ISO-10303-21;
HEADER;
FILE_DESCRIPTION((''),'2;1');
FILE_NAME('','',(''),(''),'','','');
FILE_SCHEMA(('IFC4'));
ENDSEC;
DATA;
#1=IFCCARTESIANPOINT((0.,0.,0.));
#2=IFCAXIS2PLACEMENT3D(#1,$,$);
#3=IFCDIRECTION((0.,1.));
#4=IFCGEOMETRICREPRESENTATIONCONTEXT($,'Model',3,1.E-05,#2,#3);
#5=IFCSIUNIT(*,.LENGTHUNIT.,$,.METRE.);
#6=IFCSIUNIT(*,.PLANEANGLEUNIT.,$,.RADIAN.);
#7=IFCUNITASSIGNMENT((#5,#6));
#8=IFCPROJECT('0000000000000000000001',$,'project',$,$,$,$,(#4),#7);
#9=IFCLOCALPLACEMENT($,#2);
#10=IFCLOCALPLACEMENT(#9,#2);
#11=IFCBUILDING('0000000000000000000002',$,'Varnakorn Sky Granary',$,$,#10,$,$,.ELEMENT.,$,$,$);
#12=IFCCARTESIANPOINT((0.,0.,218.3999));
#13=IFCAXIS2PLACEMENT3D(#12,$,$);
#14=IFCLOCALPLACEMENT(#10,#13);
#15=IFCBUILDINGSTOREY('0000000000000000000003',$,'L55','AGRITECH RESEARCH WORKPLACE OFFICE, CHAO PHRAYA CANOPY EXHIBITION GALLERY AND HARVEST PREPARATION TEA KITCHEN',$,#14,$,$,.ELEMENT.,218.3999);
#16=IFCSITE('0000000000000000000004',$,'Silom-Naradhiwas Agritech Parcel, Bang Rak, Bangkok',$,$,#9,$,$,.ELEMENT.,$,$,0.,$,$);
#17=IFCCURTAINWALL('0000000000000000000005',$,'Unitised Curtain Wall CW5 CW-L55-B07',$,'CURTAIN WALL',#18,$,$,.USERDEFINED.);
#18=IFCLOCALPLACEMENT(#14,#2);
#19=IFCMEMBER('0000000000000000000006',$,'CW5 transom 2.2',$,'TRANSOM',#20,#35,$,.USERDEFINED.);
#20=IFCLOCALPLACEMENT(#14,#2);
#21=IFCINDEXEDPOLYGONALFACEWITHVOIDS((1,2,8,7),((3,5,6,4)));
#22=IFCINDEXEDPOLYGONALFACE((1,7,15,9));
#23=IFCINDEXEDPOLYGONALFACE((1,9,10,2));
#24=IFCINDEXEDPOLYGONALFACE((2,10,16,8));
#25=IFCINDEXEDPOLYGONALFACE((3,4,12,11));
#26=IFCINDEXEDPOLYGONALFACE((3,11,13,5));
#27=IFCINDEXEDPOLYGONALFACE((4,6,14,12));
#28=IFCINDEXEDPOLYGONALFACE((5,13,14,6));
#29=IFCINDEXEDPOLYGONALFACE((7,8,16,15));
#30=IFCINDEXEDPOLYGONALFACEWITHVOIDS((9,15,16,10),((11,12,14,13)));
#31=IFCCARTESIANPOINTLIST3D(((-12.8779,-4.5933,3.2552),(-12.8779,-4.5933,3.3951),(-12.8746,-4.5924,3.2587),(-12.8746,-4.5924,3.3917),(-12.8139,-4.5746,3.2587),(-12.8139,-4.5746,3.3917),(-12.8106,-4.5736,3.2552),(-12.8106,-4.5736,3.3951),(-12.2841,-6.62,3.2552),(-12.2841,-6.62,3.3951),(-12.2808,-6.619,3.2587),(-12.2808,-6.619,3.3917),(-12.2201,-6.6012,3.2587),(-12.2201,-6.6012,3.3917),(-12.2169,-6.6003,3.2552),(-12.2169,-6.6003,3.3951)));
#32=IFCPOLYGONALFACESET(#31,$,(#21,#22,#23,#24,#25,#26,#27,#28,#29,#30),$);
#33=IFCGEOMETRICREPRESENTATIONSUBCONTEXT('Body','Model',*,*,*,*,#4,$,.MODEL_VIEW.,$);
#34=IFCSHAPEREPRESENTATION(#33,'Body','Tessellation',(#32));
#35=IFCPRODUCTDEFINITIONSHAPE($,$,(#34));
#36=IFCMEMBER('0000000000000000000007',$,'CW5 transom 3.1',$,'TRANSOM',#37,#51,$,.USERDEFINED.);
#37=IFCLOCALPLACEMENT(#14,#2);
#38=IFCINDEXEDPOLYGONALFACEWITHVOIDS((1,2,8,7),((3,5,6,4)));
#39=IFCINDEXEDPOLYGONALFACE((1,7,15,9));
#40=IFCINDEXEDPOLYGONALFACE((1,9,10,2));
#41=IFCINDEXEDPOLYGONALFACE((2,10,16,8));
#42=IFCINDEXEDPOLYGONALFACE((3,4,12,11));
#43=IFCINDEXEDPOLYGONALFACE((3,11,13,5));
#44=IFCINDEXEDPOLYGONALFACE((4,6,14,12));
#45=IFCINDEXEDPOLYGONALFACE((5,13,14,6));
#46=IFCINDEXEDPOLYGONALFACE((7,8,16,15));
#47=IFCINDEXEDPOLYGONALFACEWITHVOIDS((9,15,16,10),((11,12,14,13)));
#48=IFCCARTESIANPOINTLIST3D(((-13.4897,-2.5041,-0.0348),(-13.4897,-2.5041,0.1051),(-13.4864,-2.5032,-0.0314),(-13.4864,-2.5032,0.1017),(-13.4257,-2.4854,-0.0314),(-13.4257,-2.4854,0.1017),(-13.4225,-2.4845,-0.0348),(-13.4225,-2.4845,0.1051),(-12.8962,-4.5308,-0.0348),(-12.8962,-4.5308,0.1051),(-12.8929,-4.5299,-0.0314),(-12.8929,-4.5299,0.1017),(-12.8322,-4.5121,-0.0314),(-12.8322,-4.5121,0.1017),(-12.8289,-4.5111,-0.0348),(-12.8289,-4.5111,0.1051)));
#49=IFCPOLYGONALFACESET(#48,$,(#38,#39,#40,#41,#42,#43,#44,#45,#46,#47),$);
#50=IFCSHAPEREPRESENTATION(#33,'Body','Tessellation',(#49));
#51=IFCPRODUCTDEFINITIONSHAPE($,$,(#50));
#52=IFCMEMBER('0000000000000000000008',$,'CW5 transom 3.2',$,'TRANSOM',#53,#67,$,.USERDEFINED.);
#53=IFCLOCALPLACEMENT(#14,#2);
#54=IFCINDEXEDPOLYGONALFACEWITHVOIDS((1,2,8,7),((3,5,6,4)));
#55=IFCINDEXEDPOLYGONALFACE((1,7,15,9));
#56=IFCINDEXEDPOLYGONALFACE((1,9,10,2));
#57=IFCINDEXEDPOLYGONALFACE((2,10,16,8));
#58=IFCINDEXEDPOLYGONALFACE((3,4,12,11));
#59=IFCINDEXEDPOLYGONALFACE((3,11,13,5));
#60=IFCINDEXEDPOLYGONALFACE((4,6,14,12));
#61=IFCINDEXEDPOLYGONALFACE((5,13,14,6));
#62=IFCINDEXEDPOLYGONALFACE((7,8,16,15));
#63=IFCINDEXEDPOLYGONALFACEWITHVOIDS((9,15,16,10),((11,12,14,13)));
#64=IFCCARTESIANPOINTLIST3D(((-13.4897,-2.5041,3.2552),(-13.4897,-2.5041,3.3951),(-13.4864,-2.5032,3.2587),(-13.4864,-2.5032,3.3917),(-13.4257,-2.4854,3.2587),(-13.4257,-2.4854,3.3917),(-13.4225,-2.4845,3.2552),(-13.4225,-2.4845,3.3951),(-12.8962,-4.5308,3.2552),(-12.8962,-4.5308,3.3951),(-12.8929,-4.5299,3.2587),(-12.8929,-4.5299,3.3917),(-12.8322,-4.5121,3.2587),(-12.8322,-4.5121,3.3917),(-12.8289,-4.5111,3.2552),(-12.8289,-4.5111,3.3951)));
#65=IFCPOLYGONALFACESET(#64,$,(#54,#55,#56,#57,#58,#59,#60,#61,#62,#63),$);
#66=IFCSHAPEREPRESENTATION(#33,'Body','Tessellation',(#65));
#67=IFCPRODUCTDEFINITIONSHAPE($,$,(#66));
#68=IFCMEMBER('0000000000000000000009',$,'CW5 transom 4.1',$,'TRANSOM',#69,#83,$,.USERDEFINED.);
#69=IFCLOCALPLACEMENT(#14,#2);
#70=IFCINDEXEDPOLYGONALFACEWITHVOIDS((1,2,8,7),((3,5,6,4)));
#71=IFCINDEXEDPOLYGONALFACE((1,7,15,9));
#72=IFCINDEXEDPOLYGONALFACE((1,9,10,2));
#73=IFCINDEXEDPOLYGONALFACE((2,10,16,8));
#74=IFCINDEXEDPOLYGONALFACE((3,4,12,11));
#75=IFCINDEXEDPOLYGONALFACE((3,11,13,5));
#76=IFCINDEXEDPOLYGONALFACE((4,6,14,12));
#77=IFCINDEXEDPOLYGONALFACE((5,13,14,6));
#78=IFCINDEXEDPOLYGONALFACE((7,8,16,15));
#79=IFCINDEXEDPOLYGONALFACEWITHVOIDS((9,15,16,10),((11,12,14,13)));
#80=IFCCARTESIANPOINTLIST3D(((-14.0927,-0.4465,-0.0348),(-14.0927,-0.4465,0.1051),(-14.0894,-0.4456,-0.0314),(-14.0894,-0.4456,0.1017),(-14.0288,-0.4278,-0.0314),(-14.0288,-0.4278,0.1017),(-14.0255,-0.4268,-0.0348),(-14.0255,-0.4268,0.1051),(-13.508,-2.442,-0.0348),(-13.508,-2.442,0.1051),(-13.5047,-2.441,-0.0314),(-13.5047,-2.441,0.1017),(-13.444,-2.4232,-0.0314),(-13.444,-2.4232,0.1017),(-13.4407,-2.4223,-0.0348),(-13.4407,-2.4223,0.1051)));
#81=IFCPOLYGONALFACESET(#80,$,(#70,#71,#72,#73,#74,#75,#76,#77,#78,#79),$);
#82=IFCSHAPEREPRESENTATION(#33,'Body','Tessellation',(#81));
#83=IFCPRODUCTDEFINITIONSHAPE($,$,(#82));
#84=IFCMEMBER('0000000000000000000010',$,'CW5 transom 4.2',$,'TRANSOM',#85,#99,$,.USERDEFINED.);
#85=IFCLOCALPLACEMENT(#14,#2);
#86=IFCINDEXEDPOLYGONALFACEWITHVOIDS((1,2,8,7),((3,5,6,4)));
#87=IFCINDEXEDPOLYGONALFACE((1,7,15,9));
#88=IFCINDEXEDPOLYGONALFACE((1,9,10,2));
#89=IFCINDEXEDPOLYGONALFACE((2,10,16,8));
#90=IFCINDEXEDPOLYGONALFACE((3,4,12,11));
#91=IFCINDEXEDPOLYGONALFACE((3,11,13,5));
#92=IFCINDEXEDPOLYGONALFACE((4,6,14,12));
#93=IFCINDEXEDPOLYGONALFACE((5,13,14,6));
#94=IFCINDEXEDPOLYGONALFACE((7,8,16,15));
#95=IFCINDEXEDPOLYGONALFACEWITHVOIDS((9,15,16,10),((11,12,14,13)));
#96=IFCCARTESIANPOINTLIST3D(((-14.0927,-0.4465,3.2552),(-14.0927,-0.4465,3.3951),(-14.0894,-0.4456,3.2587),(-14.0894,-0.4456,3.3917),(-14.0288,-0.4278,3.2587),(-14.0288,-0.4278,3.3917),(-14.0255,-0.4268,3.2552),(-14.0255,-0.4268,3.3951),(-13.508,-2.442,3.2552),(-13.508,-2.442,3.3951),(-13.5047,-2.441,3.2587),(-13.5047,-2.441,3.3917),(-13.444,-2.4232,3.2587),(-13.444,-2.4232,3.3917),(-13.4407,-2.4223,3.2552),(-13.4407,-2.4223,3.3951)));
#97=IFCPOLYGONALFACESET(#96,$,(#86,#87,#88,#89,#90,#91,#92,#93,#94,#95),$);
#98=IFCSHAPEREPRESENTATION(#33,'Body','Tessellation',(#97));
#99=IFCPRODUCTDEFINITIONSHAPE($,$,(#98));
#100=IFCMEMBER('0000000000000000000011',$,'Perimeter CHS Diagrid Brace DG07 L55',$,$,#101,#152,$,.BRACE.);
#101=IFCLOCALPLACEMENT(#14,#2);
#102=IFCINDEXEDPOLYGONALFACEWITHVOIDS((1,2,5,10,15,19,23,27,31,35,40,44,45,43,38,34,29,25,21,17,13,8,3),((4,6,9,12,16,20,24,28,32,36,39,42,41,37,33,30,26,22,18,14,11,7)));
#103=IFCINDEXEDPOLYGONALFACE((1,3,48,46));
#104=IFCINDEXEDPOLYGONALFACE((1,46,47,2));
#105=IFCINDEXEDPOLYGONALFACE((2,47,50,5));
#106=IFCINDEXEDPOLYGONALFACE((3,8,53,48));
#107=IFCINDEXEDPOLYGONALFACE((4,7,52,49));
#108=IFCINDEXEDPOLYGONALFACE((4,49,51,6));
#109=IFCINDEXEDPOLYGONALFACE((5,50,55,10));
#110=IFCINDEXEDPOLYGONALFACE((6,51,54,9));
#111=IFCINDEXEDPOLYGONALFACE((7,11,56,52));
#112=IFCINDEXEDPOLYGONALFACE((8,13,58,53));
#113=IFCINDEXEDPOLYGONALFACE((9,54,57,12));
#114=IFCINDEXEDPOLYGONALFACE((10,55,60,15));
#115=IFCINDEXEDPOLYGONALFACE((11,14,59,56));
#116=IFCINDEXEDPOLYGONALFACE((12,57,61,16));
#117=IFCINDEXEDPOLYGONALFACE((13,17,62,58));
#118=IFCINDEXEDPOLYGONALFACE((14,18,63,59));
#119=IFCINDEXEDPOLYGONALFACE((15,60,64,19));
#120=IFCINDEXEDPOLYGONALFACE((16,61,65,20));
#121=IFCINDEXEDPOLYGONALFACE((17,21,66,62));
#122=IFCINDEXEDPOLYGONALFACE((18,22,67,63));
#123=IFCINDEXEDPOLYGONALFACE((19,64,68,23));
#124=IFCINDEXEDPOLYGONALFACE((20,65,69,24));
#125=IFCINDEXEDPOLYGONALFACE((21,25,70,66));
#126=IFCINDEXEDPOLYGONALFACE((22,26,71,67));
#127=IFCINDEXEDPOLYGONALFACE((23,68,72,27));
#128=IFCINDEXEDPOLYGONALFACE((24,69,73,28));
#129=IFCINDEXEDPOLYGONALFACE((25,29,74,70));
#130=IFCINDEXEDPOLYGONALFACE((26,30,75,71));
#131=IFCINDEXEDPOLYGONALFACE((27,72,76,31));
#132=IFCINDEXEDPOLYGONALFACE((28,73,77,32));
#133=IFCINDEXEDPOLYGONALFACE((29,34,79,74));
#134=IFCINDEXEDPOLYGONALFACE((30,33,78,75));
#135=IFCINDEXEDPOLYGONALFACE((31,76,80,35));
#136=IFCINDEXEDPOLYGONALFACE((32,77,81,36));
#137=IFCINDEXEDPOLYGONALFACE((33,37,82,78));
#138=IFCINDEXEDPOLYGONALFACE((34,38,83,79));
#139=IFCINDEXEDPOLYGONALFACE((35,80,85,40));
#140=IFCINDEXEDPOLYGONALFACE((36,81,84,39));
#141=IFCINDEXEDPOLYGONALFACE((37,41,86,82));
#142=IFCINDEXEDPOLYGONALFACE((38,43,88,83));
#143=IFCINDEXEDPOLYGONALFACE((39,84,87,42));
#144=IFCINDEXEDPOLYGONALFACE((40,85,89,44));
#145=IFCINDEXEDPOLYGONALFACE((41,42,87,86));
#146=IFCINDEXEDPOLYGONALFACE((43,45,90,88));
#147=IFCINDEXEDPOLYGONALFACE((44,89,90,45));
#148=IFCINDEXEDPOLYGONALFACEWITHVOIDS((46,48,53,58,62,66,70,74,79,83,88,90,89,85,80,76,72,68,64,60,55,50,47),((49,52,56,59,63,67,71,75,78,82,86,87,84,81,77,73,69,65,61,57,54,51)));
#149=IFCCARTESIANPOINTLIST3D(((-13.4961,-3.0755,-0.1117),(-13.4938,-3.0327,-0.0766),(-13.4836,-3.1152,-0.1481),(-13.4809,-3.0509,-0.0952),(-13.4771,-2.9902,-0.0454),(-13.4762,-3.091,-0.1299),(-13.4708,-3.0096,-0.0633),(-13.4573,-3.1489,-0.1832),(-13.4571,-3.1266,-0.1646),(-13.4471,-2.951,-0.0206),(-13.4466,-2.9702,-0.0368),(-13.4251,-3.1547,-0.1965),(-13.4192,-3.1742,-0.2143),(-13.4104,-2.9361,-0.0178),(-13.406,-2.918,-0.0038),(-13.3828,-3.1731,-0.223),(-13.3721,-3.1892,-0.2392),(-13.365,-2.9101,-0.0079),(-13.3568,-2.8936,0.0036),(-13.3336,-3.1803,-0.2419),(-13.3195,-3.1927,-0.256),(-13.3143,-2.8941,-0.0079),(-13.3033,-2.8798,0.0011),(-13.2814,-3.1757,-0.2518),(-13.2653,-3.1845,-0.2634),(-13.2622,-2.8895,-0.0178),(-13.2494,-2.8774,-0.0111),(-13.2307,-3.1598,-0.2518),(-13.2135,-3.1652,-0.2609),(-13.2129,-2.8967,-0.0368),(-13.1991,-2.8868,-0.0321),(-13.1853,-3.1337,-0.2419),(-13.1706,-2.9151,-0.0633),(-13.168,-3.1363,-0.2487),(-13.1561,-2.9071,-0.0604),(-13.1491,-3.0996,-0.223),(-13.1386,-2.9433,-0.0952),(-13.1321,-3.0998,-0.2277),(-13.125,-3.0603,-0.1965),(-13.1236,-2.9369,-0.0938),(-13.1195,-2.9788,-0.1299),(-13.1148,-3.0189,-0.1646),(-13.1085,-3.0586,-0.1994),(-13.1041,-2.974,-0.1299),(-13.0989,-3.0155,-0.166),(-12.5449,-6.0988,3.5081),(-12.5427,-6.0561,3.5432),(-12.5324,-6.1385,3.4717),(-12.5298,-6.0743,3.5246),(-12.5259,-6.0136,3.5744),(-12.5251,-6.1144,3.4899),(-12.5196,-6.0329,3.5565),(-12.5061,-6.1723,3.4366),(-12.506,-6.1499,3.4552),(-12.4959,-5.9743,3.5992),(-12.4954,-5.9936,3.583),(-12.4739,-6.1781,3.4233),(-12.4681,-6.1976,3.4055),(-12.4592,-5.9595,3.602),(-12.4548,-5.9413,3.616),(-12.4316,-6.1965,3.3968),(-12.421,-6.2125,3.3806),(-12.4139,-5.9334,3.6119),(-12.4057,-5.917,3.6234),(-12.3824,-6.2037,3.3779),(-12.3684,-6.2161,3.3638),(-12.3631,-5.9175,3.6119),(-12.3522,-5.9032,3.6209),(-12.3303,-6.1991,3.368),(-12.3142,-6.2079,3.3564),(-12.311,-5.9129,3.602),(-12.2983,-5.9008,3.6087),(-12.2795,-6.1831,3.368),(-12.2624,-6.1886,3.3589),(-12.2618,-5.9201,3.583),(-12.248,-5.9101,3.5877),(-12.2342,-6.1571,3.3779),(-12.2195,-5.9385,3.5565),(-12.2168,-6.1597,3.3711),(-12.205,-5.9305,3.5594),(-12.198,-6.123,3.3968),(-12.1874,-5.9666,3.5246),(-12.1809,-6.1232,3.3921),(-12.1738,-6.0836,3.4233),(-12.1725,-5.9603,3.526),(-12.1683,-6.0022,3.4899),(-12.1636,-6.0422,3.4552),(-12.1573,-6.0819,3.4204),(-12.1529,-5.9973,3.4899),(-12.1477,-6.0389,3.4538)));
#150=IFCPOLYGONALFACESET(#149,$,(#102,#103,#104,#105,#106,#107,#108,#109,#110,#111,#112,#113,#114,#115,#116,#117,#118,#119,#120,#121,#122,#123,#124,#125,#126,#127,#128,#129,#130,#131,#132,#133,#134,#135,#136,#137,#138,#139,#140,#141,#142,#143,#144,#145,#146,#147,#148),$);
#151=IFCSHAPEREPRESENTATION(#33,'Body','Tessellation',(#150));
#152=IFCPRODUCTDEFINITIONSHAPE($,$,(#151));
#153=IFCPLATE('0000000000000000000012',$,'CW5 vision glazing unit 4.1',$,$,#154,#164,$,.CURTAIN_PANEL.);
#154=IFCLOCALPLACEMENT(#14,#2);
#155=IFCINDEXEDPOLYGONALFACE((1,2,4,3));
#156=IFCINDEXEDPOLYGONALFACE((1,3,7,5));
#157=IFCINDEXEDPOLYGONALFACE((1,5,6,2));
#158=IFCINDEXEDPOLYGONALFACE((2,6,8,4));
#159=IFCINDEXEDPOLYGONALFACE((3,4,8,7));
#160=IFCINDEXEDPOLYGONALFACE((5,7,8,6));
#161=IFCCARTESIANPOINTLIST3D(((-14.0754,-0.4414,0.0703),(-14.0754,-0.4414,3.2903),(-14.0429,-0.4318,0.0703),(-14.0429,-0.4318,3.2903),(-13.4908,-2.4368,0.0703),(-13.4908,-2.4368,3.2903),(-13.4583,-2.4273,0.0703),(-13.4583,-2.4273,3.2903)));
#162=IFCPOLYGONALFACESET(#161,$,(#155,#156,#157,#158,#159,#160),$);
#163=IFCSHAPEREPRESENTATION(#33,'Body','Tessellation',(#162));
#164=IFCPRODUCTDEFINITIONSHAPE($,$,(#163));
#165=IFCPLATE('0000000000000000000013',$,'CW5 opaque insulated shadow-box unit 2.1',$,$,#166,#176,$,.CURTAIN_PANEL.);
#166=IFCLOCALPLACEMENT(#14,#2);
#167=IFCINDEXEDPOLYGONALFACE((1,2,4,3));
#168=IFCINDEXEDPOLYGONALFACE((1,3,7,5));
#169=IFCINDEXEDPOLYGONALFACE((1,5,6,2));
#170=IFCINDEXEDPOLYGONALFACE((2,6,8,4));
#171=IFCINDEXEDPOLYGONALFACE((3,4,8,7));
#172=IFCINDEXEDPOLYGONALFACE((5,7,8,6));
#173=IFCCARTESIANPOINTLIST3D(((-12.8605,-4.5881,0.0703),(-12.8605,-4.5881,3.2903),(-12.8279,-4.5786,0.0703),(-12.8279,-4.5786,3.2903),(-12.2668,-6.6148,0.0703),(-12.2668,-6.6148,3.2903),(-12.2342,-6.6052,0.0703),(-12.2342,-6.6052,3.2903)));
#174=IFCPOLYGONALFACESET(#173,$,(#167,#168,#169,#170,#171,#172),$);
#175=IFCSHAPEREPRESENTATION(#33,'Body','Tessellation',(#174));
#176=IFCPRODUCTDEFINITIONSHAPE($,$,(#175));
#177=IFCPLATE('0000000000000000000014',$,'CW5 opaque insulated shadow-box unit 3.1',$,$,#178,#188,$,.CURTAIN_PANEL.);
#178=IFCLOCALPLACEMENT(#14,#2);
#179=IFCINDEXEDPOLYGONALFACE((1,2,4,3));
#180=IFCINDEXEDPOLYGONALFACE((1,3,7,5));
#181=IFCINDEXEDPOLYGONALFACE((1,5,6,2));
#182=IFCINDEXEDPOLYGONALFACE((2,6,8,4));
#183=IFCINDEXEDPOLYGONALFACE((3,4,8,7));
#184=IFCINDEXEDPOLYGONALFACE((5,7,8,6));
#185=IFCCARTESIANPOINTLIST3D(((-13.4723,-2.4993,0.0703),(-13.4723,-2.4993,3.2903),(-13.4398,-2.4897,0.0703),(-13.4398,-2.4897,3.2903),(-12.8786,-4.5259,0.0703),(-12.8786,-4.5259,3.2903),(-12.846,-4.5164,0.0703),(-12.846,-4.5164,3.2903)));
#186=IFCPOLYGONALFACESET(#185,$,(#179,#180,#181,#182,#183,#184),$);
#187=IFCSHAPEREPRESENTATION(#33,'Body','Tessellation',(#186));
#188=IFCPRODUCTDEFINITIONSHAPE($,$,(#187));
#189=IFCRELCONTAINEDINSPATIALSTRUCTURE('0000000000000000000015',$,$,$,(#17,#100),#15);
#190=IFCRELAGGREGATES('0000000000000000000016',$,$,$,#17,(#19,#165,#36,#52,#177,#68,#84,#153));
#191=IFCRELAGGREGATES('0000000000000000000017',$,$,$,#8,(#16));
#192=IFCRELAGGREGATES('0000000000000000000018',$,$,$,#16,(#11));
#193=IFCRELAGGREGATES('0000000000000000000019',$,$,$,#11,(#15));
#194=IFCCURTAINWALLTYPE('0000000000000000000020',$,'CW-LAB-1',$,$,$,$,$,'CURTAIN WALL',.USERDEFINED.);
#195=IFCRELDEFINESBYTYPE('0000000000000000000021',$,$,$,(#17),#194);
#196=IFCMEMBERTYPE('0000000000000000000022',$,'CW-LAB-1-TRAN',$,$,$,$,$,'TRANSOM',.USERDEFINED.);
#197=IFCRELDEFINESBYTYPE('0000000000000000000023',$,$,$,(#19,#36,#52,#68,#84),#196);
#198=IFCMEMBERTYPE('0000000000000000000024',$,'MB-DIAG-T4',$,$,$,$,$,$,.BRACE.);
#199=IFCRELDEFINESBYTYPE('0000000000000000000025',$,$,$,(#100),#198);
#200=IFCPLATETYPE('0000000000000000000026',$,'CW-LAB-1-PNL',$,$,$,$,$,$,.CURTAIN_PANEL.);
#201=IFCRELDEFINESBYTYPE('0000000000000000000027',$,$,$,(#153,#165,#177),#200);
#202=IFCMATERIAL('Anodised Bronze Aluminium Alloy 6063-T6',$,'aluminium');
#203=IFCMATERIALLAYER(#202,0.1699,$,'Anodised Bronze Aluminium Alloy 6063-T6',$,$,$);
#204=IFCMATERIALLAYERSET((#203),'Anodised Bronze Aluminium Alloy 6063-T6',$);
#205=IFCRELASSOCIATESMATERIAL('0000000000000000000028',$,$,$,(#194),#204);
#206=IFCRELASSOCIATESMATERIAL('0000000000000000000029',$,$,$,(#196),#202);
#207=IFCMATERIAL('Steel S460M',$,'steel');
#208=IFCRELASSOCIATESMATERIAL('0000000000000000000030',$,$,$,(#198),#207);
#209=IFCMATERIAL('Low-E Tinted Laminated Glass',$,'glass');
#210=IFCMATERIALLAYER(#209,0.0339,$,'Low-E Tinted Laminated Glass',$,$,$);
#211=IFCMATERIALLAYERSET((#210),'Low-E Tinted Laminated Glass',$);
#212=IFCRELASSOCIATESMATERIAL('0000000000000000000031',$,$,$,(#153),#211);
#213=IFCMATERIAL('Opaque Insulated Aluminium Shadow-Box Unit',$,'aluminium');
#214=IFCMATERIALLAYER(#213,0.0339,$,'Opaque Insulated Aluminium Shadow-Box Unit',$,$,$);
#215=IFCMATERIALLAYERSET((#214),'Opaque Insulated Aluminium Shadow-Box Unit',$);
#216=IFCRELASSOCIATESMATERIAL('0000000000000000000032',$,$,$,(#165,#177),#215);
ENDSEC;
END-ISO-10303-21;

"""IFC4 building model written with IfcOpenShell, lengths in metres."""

from ifc_helpers import new_model, si_unit, direction, frame, origin, origin_2d, place, context, subcontext, project, spatial, rectangle, hollow_rectangle, hollow_circle, extrude, source, transform, mapped, material, layer, layer_set, material_profile, profile_set, type_object, type_shapes, element, aggregate, save


model = new_model("IFC4")

# Units and contexts
model_context = context("Model", 3, precision=1e-05, world=origin(), true_north=direction((0.0, 1.0)))
body_context = subcontext(model_context, "Body", "Model", "MODEL_VIEW")
ifc_project = project(units=[si_unit("LENGTHUNIT", "METRE"), si_unit("PLANEANGLEUNIT", "RADIAN")], contexts=[model_context])

# Site, building, storey
site_placement = place(None, origin())
site = spatial("IfcSite", under=ifc_project, at=site_placement, Name="Silom-Naradhiwas Agritech Parcel, Bang Rak, Bangkok", CompositionType="ELEMENT", RefElevation=0.0)
building_placement = place(site_placement, origin())
building = spatial("IfcBuilding", under=site, at=building_placement, Name="Varnakorn Sky Granary", CompositionType="ELEMENT")
storey_placement = place(building_placement, frame((0.0, 0.0, 218.3999)))
storey = spatial("IfcBuildingStorey", under=building, at=storey_placement, Name="L55", Description="AGRITECH RESEARCH WORKPLACE OFFICE, CHAO PHRAYA CANOPY EXHIBITION GALLERY AND HARVEST PREPARATION TEA KITCHEN", CompositionType="ELEMENT", Elevation=218.3999)

# Shared definitions
ifc_material_1 = material(Name="Steel S460M", Category="steel")

# Curtain wall, members
ifc_material_2 = material(Name="Anodised Bronze Aluminium Alloy 6063-T6", Category="aluminium")
ifc_layer_1 = layer(ifc_material_2, 0.1699, Name="Anodised Bronze Aluminium Alloy 6063-T6")
ifc_layer_set_1 = layer_set([ifc_layer_1], Name="Anodised Bronze Aluminium Alloy 6063-T6")
curtain_wall_type = type_object("IfcCurtainWallType", Name="CW-LAB-1", ElementType="CURTAIN WALL", PredefinedType="USERDEFINED", material=ifc_layer_set_1)
curtain_wall_placement = place(storey_placement, origin())
curtain_wall = element("IfcCurtainWall", 1, at=curtain_wall_placement, inside=storey, type_object=curtain_wall_type, Name="Unitised Curtain Wall CW5 CW-L55-B07", ObjectType="CURTAIN WALL", PredefinedType="USERDEFINED")
ifc_material_profile_1 = material_profile(ifc_material_2, hollow_rectangle(XDim=0.0701, YDim=0.1399, WallThickness=0.0034, at=origin_2d()), Name="ALU TRAN 70x140")
ifc_profile_set_1 = profile_set([ifc_material_profile_1], Name="Anodised Bronze Aluminium Alloy 6063-T6")
member_type_1 = type_object("IfcMemberType", Name="CW-LAB-1-TRAN", ElementType="TRANSOM", PredefinedType="USERDEFINED", material=ifc_profile_set_1)
member_1_placement = place(storey_placement, frame((-12.2505, -6.6101, 3.3252), z_axis=(-0.281158, 0.959661, 0.0), x_axis=(-0.959661, -0.281158, 0.0)))
member_1 = element("IfcMember", 2, at=member_1_placement, type_object=member_type_1, Name="CW5 transom 2.2", ObjectType="TRANSOM", PredefinedType="USERDEFINED", context=body_context, shape_type="SweptSolid", body=[
    extrude(hollow_rectangle(XDim=0.0701, YDim=0.1399, WallThickness=0.0034, at=origin_2d()), origin(), (0.0, 0.0, 1.0), 2.1118),
])
member_2_placement = place(storey_placement, frame((-12.8625, -4.521, 0.0352), z_axis=(-0.281052, 0.959693, 0.0), x_axis=(-0.959693, -0.281052, 0.0)))
member_2 = element("IfcMember", 3, at=member_2_placement, type_object=member_type_1, Name="CW5 transom 3.1", ObjectType="TRANSOM", PredefinedType="USERDEFINED", context=body_context, shape_type="SweptSolid", body=[
    extrude(hollow_rectangle(XDim=0.0701, YDim=0.1399, WallThickness=0.0034, at=origin_2d()), origin(), (0.0, 0.0, 1.0), 2.1118),
])
member_3_placement = place(storey_placement, frame((-12.8625, -4.521, 3.3252), z_axis=(-0.281052, 0.959693, 0.0), x_axis=(-0.959693, -0.281052, 0.0)))
member_3 = element("IfcMember", 4, at=member_3_placement, type_object=member_type_1, Name="CW5 transom 3.2", ObjectType="TRANSOM", PredefinedType="USERDEFINED", context=body_context, shape_type="SweptSolid", body=[
    extrude(hollow_rectangle(XDim=0.0701, YDim=0.1399, WallThickness=0.0034, at=origin_2d()), origin(), (0.0, 0.0, 1.0), 2.1118),
])
member_4_placement = place(storey_placement, frame((-13.4744, -2.4321, 0.0352), z_axis=(-0.281213, 0.959645, 0.0), x_axis=(-0.959645, -0.281213, 0.0)))
member_4 = element("IfcMember", 5, at=member_4_placement, type_object=member_type_1, Name="CW5 transom 4.1", ObjectType="TRANSOM", PredefinedType="USERDEFINED", context=body_context, shape_type="SweptSolid", body=[
    extrude(hollow_rectangle(XDim=0.0701, YDim=0.1399, WallThickness=0.0034, at=origin_2d()), origin(), (0.0, 0.0, 1.0), 2.0793),
])
member_5_placement = place(storey_placement, frame((-13.4744, -2.4321, 3.3252), z_axis=(-0.281213, 0.959645, 0.0), x_axis=(-0.959645, -0.281213, 0.0)))
member_5 = element("IfcMember", 6, at=member_5_placement, type_object=member_type_1, Name="CW5 transom 4.2", ObjectType="TRANSOM", PredefinedType="USERDEFINED", context=body_context, shape_type="SweptSolid", body=[
    extrude(hollow_rectangle(XDim=0.0701, YDim=0.1399, WallThickness=0.0034, at=origin_2d()), origin(), (0.0, 0.0, 1.0), 2.0793),
])

# Member
ifc_material_profile_2 = material_profile(ifc_material_1, hollow_circle(Radius=0.2031, WallThickness=0.0161, at=origin_2d()), Name="CHS 406.4x16")
ifc_profile_set_2 = profile_set([ifc_material_profile_2], Name="Steel S460M")
member_type_2 = type_object("IfcMemberType", Name="MB-DIAG-T4", PredefinedType="BRACE", material=ifc_profile_set_2)
member_6_placement = place(storey_placement, frame((-13.2979, -3.0349, -0.1299), z_axis=(0.197692, -0.628393, 0.752356), x_axis=(0.953908, 0.300099, 0.0)))
element("IfcMember", 7, at=member_6_placement, inside=storey, type_object=member_type_2, Name="Perimeter CHS Diagrid Brace DG07 L55", PredefinedType="BRACE", context=body_context, shape_type="SweptSolid", body=[
    extrude(hollow_circle(Radius=0.2031, WallThickness=0.0161, at=origin_2d()), origin(), (0.0, 0.0, 1.0), 4.8113),
])

# Plates
ifc_material_3 = material(Name="Low-E Tinted Laminated Glass", Category="glass")
ifc_layer_2 = layer(ifc_material_3, 0.0339, Name="Low-E Tinted Laminated Glass")
ifc_layer_set_2 = layer_set([ifc_layer_2], Name="Low-E Tinted Laminated Glass")
plate_type = type_object("IfcPlateType", Name="CW-LAB-1-PNL", PredefinedType="CURTAIN_PANEL")
shared_shape_1 = source(origin(), body_context, "Body", "SweptSolid", [
    extrude(rectangle(XDim=2.0793, YDim=0.0339, at=origin_2d()), origin(), (0.0, 0.0, 1.0), 3.22),
])
plate_1_placement = place(storey_placement, frame((-13.7668, -1.4343, 0.0703), z_axis=(0.0, 0.0, 1.0), x_axis=(-0.28115, 0.959664, 0.0)))
plate_1 = element("IfcPlate", 8, at=plate_1_placement, type_object=plate_type, material=ifc_layer_set_2, Name="CW5 vision glazing unit 4.1", PredefinedType="CURTAIN_PANEL", context=body_context, shape_type="MappedRepresentation", body=[
    mapped(shared_shape_1, transform((0.0, 0.0, 0.0), x_axis=(1.0, 0.0, 0.0), y_axis=(0.0, 1.0, 0.0), z_axis=(0.0, 0.0, 1.0), scale=1.0)),
])
ifc_material_4 = material(Name="Opaque Insulated Aluminium Shadow-Box Unit", Category="aluminium")
ifc_layer_3 = layer(ifc_material_4, 0.0339, Name="Opaque Insulated Aluminium Shadow-Box Unit")
ifc_layer_set_3 = layer_set([ifc_layer_3], Name="Opaque Insulated Aluminium Shadow-Box Unit")
shared_shape_2 = source(origin(), body_context, "Body", "SweptSolid", [
    extrude(rectangle(XDim=2.1118, YDim=0.0339, at=origin_2d()), origin(), (0.0, 0.0, 1.0), 3.22),
])
type_shapes(plate_type, [shared_shape_1, shared_shape_2])
plate_2_placement = place(storey_placement, frame((-12.5474, -5.5967, 0.0703), z_axis=(0.0, 0.0, 1.0), x_axis=(-0.28115, 0.959664, 0.0)))
plate_2 = element("IfcPlate", 9, at=plate_2_placement, type_object=plate_type, material=ifc_layer_set_3, Name="CW5 opaque insulated shadow-box unit 2.1", PredefinedType="CURTAIN_PANEL", context=body_context, shape_type="MappedRepresentation", body=[
    mapped(shared_shape_2, transform((0.0, 0.0, 0.0), x_axis=(1.0, 0.0, 0.0), y_axis=(0.0, 1.0, 0.0), z_axis=(0.0, 0.0, 1.0), scale=1.0)),
])
plate_3_placement = place(storey_placement, frame((-13.1592, -3.5078, 0.0703), z_axis=(0.0, 0.0, 1.0), x_axis=(-0.28115, 0.959664, 0.0)))
plate_3 = element("IfcPlate", 10, at=plate_3_placement, type_object=plate_type, material=ifc_layer_set_3, Name="CW5 opaque insulated shadow-box unit 3.1", PredefinedType="CURTAIN_PANEL", context=body_context, shape_type="MappedRepresentation", body=[
    mapped(shared_shape_2, transform((0.0, 0.0, 0.0), x_axis=(1.0, 0.0, 0.0), y_axis=(0.0, 1.0, 0.0), z_axis=(0.0, 0.0, 1.0), scale=1.0)),
])
aggregate(curtain_wall, [member_1, plate_2, member_2, member_3, plate_3, member_4, member_5, plate_1])

save(model, "model.ifc")
